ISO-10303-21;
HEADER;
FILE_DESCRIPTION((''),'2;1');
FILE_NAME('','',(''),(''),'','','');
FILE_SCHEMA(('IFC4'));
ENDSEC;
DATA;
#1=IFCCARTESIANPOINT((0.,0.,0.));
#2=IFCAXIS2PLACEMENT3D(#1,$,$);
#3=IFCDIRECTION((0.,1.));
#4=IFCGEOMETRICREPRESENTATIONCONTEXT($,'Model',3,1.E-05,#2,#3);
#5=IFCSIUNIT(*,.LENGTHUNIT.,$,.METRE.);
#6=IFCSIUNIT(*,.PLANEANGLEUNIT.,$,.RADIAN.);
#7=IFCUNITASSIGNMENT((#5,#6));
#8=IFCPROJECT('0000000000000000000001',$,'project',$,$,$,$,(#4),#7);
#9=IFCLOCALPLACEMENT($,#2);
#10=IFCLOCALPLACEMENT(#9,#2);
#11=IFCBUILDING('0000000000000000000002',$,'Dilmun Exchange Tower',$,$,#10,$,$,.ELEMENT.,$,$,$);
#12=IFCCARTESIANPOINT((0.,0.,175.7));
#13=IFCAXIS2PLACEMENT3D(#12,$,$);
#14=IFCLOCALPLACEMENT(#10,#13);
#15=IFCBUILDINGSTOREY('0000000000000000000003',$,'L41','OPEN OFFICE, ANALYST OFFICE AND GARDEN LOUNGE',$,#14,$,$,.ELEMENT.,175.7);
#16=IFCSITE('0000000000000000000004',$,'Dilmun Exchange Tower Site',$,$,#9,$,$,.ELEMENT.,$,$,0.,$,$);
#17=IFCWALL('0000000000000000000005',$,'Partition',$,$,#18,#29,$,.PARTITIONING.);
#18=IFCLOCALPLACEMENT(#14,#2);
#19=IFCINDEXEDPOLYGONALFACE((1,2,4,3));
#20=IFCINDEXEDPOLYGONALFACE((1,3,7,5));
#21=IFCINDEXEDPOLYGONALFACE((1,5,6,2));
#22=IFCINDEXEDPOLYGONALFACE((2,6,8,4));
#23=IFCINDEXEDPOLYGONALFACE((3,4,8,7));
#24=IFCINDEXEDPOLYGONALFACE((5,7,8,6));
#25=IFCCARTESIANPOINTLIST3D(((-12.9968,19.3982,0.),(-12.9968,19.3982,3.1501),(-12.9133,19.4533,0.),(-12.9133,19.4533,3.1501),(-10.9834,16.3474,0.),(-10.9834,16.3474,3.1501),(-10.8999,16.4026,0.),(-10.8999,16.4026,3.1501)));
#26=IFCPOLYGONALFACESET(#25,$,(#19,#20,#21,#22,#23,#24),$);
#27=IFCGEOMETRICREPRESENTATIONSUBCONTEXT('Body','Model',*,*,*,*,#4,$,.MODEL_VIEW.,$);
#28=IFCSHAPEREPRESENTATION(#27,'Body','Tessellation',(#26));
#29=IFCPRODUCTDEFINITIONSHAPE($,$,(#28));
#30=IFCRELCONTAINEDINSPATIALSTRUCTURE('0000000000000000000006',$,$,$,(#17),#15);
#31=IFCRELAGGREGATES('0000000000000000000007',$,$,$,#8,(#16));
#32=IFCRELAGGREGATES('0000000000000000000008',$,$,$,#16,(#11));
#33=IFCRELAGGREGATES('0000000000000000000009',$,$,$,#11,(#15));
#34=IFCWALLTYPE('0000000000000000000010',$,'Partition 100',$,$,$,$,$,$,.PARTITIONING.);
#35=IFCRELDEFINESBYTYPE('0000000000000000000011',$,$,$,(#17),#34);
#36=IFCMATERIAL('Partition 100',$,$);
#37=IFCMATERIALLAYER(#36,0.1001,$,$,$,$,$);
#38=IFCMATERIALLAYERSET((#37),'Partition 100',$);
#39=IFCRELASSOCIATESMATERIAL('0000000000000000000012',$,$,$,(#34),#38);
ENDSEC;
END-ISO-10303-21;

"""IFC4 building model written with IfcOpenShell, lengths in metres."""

from ifc_helpers import new_model, si_unit, direction, frame, frame_2d, origin, place, context, subcontext, project, spatial, rectangle, extrude, material, layer, layer_set, type_object, element, save


model = new_model("IFC4")

# Units and contexts
model_context = context("Model", 3, precision=1e-05, world=origin(), true_north=direction((0.0, 1.0)))
body_context = subcontext(model_context, "Body", "Model", "MODEL_VIEW")
ifc_project = project(units=[si_unit("LENGTHUNIT", "METRE"), si_unit("PLANEANGLEUNIT", "RADIAN")], contexts=[model_context])

# Site, building, storey
site_placement = place(None, origin())
site = spatial("IfcSite", under=ifc_project, at=site_placement, Name="Dilmun Exchange Tower Site", CompositionType="ELEMENT", RefElevation=0.0)
building_placement = place(site_placement, origin())
building = spatial("IfcBuilding", under=site, at=building_placement, Name="Dilmun Exchange Tower", CompositionType="ELEMENT")
storey_placement = place(building_placement, frame((0.0, 0.0, 175.7)))
storey = spatial("IfcBuildingStorey", under=building, at=storey_placement, Name="L41", Description="OPEN OFFICE, ANALYST OFFICE AND GARDEN LOUNGE", CompositionType="ELEMENT", Elevation=175.7)

# Wall
ifc_material_1 = material(Name="Partition 100")
ifc_layer_1 = layer(ifc_material_1, 0.1001)
ifc_layer_set_1 = layer_set([ifc_layer_1], Name="Partition 100")
wall_type_1 = type_object("IfcWallType", Name="Partition 100", PredefinedType="PARTITIONING", material=ifc_layer_set_1)
wall_1_placement = place(storey_placement, frame((-12.9551, 19.4258, 0.0), z_axis=(0.0, 0.0, 1.0), x_axis=(0.550825, -0.83462, 0.0)))
element("IfcWall", 1, at=wall_1_placement, inside=storey, type_object=wall_type_1, Name="Partition", PredefinedType="PARTITIONING", context=body_context, shape_type="SweptSolid", body=[
    extrude(rectangle(XDim=3.6553, YDim=0.1001, at=frame_2d((1.8276, 0.0))), origin(), (0.0, 0.0, 1.0), 3.1501),
])

save(model, "model.ifc")
